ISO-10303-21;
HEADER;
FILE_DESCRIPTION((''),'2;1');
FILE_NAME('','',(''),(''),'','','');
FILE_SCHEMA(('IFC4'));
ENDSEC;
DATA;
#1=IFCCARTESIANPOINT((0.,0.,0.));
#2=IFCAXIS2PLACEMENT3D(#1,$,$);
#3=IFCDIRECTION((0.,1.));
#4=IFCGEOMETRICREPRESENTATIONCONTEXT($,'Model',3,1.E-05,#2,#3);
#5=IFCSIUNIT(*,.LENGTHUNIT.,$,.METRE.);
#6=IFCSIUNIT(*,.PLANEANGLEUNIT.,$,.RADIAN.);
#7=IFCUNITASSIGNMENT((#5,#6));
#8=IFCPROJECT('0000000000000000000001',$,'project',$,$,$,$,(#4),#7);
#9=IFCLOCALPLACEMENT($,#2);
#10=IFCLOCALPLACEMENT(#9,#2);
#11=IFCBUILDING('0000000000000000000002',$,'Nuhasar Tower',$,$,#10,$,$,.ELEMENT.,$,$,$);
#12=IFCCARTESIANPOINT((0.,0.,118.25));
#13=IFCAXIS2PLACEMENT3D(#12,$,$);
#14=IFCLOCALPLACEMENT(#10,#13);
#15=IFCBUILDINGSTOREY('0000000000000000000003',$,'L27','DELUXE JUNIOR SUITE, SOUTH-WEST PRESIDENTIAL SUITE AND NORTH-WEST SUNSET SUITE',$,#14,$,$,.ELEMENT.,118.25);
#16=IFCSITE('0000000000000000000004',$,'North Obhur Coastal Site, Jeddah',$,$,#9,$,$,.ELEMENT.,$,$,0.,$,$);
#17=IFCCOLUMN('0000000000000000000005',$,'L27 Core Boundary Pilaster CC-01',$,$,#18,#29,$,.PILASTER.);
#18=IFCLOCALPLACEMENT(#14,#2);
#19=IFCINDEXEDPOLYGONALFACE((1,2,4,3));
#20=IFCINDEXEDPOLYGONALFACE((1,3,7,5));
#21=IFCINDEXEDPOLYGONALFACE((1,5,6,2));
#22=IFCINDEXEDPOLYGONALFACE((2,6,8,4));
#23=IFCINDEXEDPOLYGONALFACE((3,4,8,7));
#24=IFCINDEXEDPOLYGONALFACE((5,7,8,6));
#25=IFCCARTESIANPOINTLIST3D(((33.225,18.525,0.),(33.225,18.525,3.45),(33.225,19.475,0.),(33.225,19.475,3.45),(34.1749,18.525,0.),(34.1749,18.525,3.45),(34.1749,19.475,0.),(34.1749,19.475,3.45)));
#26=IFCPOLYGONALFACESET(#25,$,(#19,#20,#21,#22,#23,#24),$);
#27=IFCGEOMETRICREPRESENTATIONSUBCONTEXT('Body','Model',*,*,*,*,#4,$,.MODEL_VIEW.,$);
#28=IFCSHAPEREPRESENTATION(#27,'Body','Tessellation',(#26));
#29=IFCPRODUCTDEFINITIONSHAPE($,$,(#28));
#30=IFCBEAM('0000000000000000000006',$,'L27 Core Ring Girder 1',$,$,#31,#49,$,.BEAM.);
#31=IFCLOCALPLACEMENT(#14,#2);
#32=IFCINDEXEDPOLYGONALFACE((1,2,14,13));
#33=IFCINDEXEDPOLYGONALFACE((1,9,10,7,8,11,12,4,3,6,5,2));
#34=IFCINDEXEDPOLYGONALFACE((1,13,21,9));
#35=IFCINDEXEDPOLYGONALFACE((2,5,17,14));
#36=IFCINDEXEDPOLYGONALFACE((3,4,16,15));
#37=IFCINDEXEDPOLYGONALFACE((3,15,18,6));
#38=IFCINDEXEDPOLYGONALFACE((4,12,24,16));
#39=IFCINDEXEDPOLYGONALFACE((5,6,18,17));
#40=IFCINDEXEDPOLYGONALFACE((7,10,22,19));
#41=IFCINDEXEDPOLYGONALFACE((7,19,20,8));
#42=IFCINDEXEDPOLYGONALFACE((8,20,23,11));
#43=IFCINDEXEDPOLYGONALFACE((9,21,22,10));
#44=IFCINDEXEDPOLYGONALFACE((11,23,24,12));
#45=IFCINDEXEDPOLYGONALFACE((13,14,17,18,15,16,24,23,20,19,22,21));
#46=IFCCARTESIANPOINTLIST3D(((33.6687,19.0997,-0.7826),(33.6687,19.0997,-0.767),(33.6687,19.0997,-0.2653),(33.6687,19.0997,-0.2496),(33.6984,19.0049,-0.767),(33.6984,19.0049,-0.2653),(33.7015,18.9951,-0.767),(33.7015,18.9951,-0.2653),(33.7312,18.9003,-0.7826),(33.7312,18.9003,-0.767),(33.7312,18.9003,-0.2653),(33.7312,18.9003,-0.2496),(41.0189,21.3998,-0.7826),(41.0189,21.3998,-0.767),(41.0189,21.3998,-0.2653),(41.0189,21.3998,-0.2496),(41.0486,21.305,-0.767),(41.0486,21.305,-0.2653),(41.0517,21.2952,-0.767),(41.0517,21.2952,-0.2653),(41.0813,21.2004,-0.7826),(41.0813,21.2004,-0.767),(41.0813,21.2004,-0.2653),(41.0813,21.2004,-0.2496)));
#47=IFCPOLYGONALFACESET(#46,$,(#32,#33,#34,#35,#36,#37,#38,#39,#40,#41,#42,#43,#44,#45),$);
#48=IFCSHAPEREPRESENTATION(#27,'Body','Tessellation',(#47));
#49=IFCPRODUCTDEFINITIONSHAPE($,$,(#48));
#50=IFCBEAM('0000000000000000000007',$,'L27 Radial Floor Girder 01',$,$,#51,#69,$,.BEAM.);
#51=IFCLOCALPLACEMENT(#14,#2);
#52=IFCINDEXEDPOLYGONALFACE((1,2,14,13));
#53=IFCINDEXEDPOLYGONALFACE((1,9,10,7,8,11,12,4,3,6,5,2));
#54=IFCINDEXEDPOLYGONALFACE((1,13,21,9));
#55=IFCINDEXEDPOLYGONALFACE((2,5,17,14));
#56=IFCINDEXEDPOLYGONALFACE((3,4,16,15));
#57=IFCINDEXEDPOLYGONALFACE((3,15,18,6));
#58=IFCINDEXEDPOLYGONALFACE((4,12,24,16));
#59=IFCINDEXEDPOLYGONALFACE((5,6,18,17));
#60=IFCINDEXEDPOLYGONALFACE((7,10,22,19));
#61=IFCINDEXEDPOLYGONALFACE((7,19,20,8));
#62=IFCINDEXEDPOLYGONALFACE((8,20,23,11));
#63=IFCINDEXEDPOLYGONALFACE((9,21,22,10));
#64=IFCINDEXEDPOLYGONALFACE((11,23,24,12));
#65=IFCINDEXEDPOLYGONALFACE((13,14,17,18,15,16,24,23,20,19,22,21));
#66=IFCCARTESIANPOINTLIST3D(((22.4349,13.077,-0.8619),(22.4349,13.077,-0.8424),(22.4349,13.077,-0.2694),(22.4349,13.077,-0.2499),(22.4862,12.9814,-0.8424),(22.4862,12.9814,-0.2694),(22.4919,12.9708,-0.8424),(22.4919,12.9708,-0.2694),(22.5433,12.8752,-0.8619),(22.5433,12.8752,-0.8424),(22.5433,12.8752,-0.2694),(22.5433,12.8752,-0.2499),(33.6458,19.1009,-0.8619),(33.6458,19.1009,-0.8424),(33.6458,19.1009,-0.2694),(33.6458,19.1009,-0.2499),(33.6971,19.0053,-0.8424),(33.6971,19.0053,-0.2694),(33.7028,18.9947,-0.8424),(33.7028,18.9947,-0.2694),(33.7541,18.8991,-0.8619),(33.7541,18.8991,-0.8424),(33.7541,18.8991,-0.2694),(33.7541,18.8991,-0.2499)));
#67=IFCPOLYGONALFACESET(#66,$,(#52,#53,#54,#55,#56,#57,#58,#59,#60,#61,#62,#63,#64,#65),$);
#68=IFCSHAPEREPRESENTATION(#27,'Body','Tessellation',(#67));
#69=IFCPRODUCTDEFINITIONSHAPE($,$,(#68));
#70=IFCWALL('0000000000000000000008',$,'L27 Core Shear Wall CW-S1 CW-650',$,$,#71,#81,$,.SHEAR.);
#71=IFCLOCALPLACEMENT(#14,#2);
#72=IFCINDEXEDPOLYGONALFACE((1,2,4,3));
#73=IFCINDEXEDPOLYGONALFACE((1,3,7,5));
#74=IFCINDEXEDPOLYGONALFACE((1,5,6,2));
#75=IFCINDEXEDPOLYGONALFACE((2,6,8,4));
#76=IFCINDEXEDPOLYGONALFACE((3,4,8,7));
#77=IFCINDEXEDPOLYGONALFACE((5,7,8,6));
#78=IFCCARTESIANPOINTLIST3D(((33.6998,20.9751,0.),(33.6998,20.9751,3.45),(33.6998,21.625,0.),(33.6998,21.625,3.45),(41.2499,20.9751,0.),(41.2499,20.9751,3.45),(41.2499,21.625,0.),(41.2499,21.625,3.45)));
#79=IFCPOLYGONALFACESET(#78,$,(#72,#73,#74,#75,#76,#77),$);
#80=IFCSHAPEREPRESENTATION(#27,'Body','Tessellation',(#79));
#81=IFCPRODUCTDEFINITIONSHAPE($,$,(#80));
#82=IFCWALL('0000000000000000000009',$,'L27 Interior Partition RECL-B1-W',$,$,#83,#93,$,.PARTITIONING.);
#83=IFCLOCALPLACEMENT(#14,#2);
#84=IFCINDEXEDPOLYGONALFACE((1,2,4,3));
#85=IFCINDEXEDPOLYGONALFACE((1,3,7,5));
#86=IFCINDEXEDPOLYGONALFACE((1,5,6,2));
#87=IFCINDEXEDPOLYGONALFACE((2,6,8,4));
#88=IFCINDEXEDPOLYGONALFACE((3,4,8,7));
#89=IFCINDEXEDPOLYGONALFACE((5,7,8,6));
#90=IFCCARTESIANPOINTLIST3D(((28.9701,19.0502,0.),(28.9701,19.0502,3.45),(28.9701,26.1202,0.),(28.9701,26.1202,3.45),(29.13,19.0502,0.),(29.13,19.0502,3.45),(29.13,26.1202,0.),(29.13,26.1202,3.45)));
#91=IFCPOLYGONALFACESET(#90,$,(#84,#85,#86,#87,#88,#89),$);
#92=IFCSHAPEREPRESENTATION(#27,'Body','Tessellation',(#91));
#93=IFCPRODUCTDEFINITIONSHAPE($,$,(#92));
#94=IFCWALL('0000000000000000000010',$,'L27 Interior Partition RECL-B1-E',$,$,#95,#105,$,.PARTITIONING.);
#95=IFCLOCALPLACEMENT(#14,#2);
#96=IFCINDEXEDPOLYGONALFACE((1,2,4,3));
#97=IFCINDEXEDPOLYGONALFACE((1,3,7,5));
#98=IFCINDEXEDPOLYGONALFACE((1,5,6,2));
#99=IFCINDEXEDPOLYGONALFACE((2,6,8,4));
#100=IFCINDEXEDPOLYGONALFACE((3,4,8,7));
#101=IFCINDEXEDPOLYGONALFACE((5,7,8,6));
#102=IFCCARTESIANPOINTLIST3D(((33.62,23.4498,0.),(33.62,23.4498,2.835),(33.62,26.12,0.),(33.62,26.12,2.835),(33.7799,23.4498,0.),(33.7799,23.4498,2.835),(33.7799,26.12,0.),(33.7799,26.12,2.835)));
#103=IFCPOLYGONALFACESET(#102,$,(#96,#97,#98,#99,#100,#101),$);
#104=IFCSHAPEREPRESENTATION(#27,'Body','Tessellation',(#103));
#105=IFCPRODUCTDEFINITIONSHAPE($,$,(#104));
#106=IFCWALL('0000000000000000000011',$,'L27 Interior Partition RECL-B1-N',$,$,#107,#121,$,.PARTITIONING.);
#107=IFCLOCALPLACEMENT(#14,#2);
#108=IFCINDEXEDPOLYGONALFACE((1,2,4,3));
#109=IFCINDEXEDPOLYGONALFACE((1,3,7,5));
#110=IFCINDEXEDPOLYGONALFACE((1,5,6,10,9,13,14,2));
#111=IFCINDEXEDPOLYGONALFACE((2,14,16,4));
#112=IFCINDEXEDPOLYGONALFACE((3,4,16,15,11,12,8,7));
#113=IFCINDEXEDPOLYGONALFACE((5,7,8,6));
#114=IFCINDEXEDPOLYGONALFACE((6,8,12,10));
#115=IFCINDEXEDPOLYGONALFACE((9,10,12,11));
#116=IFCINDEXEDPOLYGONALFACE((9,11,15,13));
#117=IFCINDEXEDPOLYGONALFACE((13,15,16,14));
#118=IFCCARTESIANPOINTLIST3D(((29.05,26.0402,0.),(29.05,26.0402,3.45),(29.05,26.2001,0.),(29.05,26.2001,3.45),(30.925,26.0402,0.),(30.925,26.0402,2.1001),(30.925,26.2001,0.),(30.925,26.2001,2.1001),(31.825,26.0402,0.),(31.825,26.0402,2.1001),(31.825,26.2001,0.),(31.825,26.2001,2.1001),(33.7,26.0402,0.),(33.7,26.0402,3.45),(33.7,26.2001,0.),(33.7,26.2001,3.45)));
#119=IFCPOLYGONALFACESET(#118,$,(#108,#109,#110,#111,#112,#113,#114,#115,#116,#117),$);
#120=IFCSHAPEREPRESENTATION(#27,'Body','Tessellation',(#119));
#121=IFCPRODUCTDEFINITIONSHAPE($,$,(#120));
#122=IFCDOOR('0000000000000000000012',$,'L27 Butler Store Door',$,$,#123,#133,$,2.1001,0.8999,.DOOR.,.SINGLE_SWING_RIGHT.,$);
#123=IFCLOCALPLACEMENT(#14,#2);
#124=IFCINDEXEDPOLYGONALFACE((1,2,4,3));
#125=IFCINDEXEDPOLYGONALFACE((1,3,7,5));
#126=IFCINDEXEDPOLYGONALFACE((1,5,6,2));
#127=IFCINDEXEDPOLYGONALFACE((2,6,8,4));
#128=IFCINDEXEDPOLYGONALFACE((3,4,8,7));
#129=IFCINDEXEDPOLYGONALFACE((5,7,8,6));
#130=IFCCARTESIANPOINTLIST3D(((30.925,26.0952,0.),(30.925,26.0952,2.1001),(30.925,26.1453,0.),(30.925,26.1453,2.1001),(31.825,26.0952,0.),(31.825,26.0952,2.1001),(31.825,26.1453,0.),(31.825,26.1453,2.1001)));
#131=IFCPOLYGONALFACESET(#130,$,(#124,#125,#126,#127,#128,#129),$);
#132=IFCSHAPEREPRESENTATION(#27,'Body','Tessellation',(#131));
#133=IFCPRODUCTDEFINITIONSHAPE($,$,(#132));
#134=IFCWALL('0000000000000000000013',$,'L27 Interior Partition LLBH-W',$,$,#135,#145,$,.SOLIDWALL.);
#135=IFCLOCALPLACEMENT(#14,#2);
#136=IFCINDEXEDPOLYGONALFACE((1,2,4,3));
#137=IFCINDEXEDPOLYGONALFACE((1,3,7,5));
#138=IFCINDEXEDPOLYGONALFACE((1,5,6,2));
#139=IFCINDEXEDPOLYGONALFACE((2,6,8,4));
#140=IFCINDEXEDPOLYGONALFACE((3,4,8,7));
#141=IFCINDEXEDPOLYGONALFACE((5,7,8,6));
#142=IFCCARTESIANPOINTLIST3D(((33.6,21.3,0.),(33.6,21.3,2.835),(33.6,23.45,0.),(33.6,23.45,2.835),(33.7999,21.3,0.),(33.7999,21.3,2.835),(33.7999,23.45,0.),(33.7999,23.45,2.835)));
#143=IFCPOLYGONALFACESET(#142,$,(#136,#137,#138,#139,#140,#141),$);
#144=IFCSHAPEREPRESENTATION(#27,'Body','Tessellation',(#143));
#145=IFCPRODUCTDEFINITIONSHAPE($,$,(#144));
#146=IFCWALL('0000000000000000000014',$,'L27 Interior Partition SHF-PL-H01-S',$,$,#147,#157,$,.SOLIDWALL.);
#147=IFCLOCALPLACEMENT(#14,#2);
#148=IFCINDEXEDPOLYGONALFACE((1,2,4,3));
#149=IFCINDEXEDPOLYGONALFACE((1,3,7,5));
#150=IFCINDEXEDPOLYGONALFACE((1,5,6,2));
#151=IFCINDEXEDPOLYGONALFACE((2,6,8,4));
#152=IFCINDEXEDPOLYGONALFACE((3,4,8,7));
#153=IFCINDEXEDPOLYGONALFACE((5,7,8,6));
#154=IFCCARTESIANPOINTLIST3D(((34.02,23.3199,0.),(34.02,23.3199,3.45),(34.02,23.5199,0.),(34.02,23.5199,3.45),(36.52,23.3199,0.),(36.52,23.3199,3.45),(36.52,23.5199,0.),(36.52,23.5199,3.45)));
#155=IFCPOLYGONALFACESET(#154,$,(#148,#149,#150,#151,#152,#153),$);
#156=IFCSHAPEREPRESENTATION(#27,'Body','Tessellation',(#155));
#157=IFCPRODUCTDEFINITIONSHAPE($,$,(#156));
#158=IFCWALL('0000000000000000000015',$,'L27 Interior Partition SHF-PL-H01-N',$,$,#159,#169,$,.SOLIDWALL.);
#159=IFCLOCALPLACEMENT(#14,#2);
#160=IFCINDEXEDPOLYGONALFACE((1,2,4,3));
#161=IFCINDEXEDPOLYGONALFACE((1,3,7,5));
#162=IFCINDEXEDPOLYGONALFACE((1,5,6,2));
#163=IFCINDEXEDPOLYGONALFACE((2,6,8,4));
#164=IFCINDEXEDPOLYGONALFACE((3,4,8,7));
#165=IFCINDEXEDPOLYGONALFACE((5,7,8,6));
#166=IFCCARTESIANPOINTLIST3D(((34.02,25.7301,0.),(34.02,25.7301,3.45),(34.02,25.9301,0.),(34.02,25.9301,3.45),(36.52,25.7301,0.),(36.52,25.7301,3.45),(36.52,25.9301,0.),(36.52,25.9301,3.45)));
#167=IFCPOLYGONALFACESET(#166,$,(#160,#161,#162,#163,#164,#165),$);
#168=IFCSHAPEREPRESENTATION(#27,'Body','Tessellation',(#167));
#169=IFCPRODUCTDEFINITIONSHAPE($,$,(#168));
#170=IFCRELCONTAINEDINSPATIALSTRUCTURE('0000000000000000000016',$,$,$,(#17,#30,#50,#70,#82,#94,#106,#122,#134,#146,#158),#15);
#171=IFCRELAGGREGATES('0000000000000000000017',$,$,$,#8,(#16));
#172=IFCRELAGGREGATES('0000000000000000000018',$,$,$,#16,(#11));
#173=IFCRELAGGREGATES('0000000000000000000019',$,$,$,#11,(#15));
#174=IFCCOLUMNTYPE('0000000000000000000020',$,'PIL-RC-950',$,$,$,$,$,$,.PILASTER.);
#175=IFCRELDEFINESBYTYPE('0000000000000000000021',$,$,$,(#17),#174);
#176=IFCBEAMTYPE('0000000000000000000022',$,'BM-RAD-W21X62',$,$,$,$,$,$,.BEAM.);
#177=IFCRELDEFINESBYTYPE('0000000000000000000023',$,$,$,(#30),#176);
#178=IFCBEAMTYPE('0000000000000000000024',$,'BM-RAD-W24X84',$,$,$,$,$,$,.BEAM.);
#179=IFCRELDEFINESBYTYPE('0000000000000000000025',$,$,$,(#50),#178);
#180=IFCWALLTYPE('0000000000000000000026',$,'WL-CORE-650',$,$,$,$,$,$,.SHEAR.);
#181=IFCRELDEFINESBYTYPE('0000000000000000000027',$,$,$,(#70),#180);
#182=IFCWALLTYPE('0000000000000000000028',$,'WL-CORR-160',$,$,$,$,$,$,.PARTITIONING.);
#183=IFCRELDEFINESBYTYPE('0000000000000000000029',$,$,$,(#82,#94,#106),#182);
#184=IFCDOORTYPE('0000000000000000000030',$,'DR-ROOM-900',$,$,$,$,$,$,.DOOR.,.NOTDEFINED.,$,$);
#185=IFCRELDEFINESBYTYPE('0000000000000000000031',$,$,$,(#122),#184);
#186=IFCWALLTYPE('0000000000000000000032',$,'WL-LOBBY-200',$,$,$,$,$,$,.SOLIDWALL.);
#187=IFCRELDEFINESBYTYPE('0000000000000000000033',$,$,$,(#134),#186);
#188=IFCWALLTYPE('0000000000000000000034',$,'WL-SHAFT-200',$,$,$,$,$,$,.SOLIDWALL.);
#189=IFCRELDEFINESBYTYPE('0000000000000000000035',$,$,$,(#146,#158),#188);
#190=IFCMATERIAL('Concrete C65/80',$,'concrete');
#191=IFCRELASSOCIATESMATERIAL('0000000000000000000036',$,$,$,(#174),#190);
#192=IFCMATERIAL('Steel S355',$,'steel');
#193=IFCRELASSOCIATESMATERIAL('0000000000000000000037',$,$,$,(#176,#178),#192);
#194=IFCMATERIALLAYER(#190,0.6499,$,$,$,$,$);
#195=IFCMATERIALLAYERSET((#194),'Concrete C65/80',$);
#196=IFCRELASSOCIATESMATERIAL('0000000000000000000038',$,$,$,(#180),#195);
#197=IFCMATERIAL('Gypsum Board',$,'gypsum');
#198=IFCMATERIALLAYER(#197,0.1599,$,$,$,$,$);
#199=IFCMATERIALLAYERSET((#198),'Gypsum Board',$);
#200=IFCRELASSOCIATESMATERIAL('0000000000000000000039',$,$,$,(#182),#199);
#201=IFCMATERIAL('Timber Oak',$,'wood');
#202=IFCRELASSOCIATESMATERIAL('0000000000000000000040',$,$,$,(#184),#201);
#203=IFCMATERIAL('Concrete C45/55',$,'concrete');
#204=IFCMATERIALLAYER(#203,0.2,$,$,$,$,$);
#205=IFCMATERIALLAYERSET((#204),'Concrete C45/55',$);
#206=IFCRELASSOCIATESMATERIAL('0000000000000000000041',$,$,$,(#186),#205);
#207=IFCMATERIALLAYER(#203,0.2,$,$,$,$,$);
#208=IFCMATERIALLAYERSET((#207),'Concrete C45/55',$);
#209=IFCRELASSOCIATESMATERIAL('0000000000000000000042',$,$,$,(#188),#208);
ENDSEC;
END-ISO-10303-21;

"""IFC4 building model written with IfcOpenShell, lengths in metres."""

from ifc_helpers import new_model, si_unit, direction, frame, frame_2d, origin, origin_2d, place, context, subcontext, project, spatial, rectangle, i_section, extrude, material, layer, layer_set, material_profile, profile_set, type_object, element, fill, save


model = new_model("IFC4")

# Units and contexts
model_context = context("Model", 3, precision=1e-05, world=origin(), true_north=direction((0.0, 1.0)))
body_context = subcontext(model_context, "Body", "Model", "MODEL_VIEW")
ifc_project = project(units=[si_unit("LENGTHUNIT", "METRE"), si_unit("PLANEANGLEUNIT", "RADIAN")], contexts=[model_context])

# Site, building, storey
site_placement = place(None, origin())
site = spatial("IfcSite", under=ifc_project, at=site_placement, Name="North Obhur Coastal Site, Jeddah", CompositionType="ELEMENT", RefElevation=0.0)
building_placement = place(site_placement, origin())
building = spatial("IfcBuilding", under=site, at=building_placement, Name="Nuhasar Tower", CompositionType="ELEMENT")
storey_placement = place(building_placement, frame((0.0, 0.0, 118.25)))
storey = spatial("IfcBuildingStorey", under=building, at=storey_placement, Name="L27", Description="DELUXE JUNIOR SUITE, SOUTH-WEST PRESIDENTIAL SUITE AND NORTH-WEST SUNSET SUITE", CompositionType="ELEMENT", Elevation=118.25)

# Column
ifc_material_1 = material(Name="Concrete C65/80", Category="concrete")
ifc_material_profile_1 = material_profile(ifc_material_1, rectangle(XDim=0.95, YDim=0.95, at=origin_2d()), Name="RC950X950")
ifc_profile_set_1 = profile_set([ifc_material_profile_1], Name="Concrete C65/80")
column_type = type_object("IfcColumnType", Name="PIL-RC-950", PredefinedType="PILASTER", material=ifc_profile_set_1)
column_placement = place(storey_placement, frame((33.7, 19.0, 0.0), z_axis=(0.0, 0.0, 1.0), x_axis=(1.0, 0.0, 0.0)))
element("IfcColumn", 1, at=column_placement, inside=storey, type_object=column_type, Name="L27 Core Boundary Pilaster CC-01", PredefinedType="PILASTER", context=body_context, shape_type="SweptSolid", body=[
    extrude(rectangle(XDim=0.95, YDim=0.95, at=origin_2d()), origin(), (0.0, 0.0, 1.0), 3.45),
])

# Beams
ifc_material_2 = material(Name="Steel S355", Category="steel")
ifc_material_profile_2 = material_profile(ifc_material_2, i_section(OverallWidth=0.209, OverallDepth=0.533, WebThickness=0.0103, FlangeThickness=0.0156, at=origin_2d()), Name="W21X62")
ifc_profile_set_2 = profile_set([ifc_material_profile_2], Name="Steel S355")
beam_type_1 = type_object("IfcBeamType", Name="BM-RAD-W21X62", PredefinedType="BEAM", material=ifc_profile_set_2)
beam_1_placement = place(storey_placement, frame((33.7, 19.0, -0.5161), z_axis=(0.954364, 0.298647, 0.0), x_axis=(-0.298647, 0.954364, 0.0)))
element("IfcBeam", 2, at=beam_1_placement, inside=storey, type_object=beam_type_1, Name="L27 Core Ring Girder 1", PredefinedType="BEAM", context=body_context, shape_type="SweptSolid", body=[
    extrude(i_section(OverallWidth=0.209, OverallDepth=0.533, WebThickness=0.0103, FlangeThickness=0.0156, at=origin_2d()), origin(), (0.0, 0.0, 1.0), 7.7017),
])
ifc_material_profile_3 = material_profile(ifc_material_2, i_section(OverallWidth=0.229, OverallDepth=0.6121, WebThickness=0.012, FlangeThickness=0.0195, at=origin_2d()), Name="W24X84")
ifc_profile_set_3 = profile_set([ifc_material_profile_3], Name="Steel S355")
beam_type_2 = type_object("IfcBeamType", Name="BM-RAD-W24X84", PredefinedType="BEAM", material=ifc_profile_set_3)
beam_2_placement = place(storey_placement, frame((33.7, 19.0, -0.5559), z_axis=(-0.880888, -0.473324, 0.0), x_axis=(0.473324, -0.880888, 0.0)))
element("IfcBeam", 3, at=beam_2_placement, inside=storey, type_object=beam_type_2, Name="L27 Radial Floor Girder 01", PredefinedType="BEAM", context=body_context, shape_type="SweptSolid", body=[
    extrude(i_section(OverallWidth=0.229, OverallDepth=0.6121, WebThickness=0.012, FlangeThickness=0.0195, at=origin_2d()), origin(), (0.0, 0.0, 1.0), 12.7268),
])

# Walls
ifc_layer_1 = layer(ifc_material_1, 0.6499)
ifc_layer_set_1 = layer_set([ifc_layer_1], Name="Concrete C65/80")
wall_type_1 = type_object("IfcWallType", Name="WL-CORE-650", PredefinedType="SHEAR", material=ifc_layer_set_1)
wall_1_placement = place(storey_placement, frame((33.7, 21.3, 0.0), z_axis=(0.0, 0.0, 1.0), x_axis=(1.0, 0.0, 0.0)))
element("IfcWall", 4, at=wall_1_placement, inside=storey, type_object=wall_type_1, Name="L27 Core Shear Wall CW-S1 CW-650", PredefinedType="SHEAR", context=body_context, shape_type="SweptSolid", body=[
    extrude(rectangle(XDim=7.55, YDim=0.6499, at=frame_2d((3.7749, 0.0))), origin(), (0.0, 0.0, 1.0), 3.45),
])
ifc_material_3 = material(Name="Gypsum Board", Category="gypsum")
ifc_layer_2 = layer(ifc_material_3, 0.1599)
ifc_layer_set_2 = layer_set([ifc_layer_2], Name="Gypsum Board")
wall_type_2 = type_object("IfcWallType", Name="WL-CORR-160", PredefinedType="PARTITIONING", material=ifc_layer_set_2)
wall_2_placement = place(storey_placement, frame((29.05, 19.05, 0.0), z_axis=(0.0, 0.0, 1.0), x_axis=(0.0, 1.0, 0.0)))
element("IfcWall", 5, at=wall_2_placement, inside=storey, type_object=wall_type_2, Name="L27 Interior Partition RECL-B1-W", PredefinedType="PARTITIONING", context=body_context, shape_type="SweptSolid", body=[
    extrude(rectangle(XDim=7.0701, YDim=0.1599, at=frame_2d((3.5352, 0.0))), origin(), (0.0, 0.0, 1.0), 3.45),
])
wall_3_placement = place(storey_placement, frame((33.7, 23.45, 0.0), z_axis=(0.0, 0.0, 1.0), x_axis=(0.0, 1.0, 0.0)))
element("IfcWall", 6, at=wall_3_placement, inside=storey, type_object=wall_type_2, Name="L27 Interior Partition RECL-B1-E", PredefinedType="PARTITIONING", context=body_context, shape_type="SweptSolid", body=[
    extrude(rectangle(XDim=2.6702, YDim=0.1599, at=frame_2d((1.335, 0.0))), origin(), (0.0, 0.0, 1.0), 2.835),
])

# Wall, opening, door
wall_4_placement = place(storey_placement, frame((33.7, 26.1201, 0.0), z_axis=(0.0, 0.0, 1.0), x_axis=(-1.0, 0.0, 0.0)))
wall_4 = element("IfcWall", 7, at=wall_4_placement, inside=storey, type_object=wall_type_2, Name="L27 Interior Partition RECL-B1-N", PredefinedType="PARTITIONING", context=body_context, shape_type="SweptSolid", body=[
    extrude(rectangle(XDim=4.6499, YDim=0.1599, at=frame_2d((2.325, 0.0))), origin(), (0.0, 0.0, 1.0), 3.45),
])
opening_1_placement = place(wall_4_placement, frame((1.875, 0.0, 0.0)))
opening_1 = element("IfcOpeningElement", 8, at=opening_1_placement, cuts=wall_4, PredefinedType="OPENING", context=body_context, shape_type="SweptSolid", body=[
    extrude(rectangle(XDim=0.8999, YDim=2.1001, at=frame_2d((0.45, 1.05))), frame((0.0, 0.0898, 0.0), z_axis=(0.0, -1.0, 0.0), x_axis=(1.0, 0.0, 0.0)), (0.0, 0.0, 1.0), 0.1799),
])
ifc_material_4 = material(Name="Timber Oak", Category="wood")
door_type_1 = type_object("IfcDoorType", Name="DR-ROOM-900", OperationType="NOTDEFINED", PredefinedType="DOOR", material=ifc_material_4)
door_1_placement = place(opening_1_placement, origin())
door_1 = element("IfcDoor", 9, at=door_1_placement, inside=storey, type_object=door_type_1, Name="L27 Butler Store Door", OperationType="SINGLE_SWING_RIGHT", OverallHeight=2.1001, OverallWidth=0.8999, PredefinedType="DOOR", context=body_context, shape_type="SweptSolid", body=[
    extrude(rectangle(XDim=0.8999, YDim=2.1001, at=frame_2d((0.45, 1.05))), frame((0.0, 0.0249, 0.0), z_axis=(0.0, -1.0, 0.0), x_axis=(1.0, 0.0, 0.0)), (0.0, 0.0, 1.0), 0.05),
])
fill(opening_1, door_1)

# Walls
ifc_material_5 = material(Name="Concrete C45/55", Category="concrete")
ifc_layer_3 = layer(ifc_material_5, 0.2)
ifc_layer_set_3 = layer_set([ifc_layer_3], Name="Concrete C45/55")
wall_type_3 = type_object("IfcWallType", Name="WL-LOBBY-200", PredefinedType="SOLIDWALL", material=ifc_layer_set_3)
wall_5_placement = place(storey_placement, frame((33.7, 21.3, 0.0), z_axis=(0.0, 0.0, 1.0), x_axis=(0.0, 1.0, 0.0)))
element("IfcWall", 10, at=wall_5_placement, inside=storey, type_object=wall_type_3, Name="L27 Interior Partition LLBH-W", PredefinedType="SOLIDWALL", context=body_context, shape_type="SweptSolid", body=[
    extrude(rectangle(XDim=2.1499, YDim=0.2, at=frame_2d((1.075, 0.0))), origin(), (0.0, 0.0, 1.0), 2.835),
])
ifc_layer_4 = layer(ifc_material_5, 0.2)
ifc_layer_set_4 = layer_set([ifc_layer_4], Name="Concrete C45/55")
wall_type_4 = type_object("IfcWallType", Name="WL-SHAFT-200", PredefinedType="SOLIDWALL", material=ifc_layer_set_4)
for number, where, z_axis, x_axis, name in (
    (11, (34.02, 23.4199, 0.0), (0.0, 0.0, 1.0), (1.0, 0.0, 0.0), "L27 Interior Partition SHF-PL-H01-S"),
    (12, (34.02, 25.8301, 0.0), (0.0, 0.0, 1.0), (1.0, 0.0, 0.0), "L27 Interior Partition SHF-PL-H01-N"),
):
    element("IfcWall", number, at=place(storey_placement, frame(where, z_axis=z_axis, x_axis=x_axis)), inside=storey, type_object=wall_type_4, Name=name, PredefinedType="SOLIDWALL", context=body_context, shape_type="SweptSolid", body=[
        extrude(rectangle(XDim=2.5, YDim=0.2, at=frame_2d((1.25, 0.0))), origin(), (0.0, 0.0, 1.0), 3.45),
    ])

save(model, "model.ifc")
